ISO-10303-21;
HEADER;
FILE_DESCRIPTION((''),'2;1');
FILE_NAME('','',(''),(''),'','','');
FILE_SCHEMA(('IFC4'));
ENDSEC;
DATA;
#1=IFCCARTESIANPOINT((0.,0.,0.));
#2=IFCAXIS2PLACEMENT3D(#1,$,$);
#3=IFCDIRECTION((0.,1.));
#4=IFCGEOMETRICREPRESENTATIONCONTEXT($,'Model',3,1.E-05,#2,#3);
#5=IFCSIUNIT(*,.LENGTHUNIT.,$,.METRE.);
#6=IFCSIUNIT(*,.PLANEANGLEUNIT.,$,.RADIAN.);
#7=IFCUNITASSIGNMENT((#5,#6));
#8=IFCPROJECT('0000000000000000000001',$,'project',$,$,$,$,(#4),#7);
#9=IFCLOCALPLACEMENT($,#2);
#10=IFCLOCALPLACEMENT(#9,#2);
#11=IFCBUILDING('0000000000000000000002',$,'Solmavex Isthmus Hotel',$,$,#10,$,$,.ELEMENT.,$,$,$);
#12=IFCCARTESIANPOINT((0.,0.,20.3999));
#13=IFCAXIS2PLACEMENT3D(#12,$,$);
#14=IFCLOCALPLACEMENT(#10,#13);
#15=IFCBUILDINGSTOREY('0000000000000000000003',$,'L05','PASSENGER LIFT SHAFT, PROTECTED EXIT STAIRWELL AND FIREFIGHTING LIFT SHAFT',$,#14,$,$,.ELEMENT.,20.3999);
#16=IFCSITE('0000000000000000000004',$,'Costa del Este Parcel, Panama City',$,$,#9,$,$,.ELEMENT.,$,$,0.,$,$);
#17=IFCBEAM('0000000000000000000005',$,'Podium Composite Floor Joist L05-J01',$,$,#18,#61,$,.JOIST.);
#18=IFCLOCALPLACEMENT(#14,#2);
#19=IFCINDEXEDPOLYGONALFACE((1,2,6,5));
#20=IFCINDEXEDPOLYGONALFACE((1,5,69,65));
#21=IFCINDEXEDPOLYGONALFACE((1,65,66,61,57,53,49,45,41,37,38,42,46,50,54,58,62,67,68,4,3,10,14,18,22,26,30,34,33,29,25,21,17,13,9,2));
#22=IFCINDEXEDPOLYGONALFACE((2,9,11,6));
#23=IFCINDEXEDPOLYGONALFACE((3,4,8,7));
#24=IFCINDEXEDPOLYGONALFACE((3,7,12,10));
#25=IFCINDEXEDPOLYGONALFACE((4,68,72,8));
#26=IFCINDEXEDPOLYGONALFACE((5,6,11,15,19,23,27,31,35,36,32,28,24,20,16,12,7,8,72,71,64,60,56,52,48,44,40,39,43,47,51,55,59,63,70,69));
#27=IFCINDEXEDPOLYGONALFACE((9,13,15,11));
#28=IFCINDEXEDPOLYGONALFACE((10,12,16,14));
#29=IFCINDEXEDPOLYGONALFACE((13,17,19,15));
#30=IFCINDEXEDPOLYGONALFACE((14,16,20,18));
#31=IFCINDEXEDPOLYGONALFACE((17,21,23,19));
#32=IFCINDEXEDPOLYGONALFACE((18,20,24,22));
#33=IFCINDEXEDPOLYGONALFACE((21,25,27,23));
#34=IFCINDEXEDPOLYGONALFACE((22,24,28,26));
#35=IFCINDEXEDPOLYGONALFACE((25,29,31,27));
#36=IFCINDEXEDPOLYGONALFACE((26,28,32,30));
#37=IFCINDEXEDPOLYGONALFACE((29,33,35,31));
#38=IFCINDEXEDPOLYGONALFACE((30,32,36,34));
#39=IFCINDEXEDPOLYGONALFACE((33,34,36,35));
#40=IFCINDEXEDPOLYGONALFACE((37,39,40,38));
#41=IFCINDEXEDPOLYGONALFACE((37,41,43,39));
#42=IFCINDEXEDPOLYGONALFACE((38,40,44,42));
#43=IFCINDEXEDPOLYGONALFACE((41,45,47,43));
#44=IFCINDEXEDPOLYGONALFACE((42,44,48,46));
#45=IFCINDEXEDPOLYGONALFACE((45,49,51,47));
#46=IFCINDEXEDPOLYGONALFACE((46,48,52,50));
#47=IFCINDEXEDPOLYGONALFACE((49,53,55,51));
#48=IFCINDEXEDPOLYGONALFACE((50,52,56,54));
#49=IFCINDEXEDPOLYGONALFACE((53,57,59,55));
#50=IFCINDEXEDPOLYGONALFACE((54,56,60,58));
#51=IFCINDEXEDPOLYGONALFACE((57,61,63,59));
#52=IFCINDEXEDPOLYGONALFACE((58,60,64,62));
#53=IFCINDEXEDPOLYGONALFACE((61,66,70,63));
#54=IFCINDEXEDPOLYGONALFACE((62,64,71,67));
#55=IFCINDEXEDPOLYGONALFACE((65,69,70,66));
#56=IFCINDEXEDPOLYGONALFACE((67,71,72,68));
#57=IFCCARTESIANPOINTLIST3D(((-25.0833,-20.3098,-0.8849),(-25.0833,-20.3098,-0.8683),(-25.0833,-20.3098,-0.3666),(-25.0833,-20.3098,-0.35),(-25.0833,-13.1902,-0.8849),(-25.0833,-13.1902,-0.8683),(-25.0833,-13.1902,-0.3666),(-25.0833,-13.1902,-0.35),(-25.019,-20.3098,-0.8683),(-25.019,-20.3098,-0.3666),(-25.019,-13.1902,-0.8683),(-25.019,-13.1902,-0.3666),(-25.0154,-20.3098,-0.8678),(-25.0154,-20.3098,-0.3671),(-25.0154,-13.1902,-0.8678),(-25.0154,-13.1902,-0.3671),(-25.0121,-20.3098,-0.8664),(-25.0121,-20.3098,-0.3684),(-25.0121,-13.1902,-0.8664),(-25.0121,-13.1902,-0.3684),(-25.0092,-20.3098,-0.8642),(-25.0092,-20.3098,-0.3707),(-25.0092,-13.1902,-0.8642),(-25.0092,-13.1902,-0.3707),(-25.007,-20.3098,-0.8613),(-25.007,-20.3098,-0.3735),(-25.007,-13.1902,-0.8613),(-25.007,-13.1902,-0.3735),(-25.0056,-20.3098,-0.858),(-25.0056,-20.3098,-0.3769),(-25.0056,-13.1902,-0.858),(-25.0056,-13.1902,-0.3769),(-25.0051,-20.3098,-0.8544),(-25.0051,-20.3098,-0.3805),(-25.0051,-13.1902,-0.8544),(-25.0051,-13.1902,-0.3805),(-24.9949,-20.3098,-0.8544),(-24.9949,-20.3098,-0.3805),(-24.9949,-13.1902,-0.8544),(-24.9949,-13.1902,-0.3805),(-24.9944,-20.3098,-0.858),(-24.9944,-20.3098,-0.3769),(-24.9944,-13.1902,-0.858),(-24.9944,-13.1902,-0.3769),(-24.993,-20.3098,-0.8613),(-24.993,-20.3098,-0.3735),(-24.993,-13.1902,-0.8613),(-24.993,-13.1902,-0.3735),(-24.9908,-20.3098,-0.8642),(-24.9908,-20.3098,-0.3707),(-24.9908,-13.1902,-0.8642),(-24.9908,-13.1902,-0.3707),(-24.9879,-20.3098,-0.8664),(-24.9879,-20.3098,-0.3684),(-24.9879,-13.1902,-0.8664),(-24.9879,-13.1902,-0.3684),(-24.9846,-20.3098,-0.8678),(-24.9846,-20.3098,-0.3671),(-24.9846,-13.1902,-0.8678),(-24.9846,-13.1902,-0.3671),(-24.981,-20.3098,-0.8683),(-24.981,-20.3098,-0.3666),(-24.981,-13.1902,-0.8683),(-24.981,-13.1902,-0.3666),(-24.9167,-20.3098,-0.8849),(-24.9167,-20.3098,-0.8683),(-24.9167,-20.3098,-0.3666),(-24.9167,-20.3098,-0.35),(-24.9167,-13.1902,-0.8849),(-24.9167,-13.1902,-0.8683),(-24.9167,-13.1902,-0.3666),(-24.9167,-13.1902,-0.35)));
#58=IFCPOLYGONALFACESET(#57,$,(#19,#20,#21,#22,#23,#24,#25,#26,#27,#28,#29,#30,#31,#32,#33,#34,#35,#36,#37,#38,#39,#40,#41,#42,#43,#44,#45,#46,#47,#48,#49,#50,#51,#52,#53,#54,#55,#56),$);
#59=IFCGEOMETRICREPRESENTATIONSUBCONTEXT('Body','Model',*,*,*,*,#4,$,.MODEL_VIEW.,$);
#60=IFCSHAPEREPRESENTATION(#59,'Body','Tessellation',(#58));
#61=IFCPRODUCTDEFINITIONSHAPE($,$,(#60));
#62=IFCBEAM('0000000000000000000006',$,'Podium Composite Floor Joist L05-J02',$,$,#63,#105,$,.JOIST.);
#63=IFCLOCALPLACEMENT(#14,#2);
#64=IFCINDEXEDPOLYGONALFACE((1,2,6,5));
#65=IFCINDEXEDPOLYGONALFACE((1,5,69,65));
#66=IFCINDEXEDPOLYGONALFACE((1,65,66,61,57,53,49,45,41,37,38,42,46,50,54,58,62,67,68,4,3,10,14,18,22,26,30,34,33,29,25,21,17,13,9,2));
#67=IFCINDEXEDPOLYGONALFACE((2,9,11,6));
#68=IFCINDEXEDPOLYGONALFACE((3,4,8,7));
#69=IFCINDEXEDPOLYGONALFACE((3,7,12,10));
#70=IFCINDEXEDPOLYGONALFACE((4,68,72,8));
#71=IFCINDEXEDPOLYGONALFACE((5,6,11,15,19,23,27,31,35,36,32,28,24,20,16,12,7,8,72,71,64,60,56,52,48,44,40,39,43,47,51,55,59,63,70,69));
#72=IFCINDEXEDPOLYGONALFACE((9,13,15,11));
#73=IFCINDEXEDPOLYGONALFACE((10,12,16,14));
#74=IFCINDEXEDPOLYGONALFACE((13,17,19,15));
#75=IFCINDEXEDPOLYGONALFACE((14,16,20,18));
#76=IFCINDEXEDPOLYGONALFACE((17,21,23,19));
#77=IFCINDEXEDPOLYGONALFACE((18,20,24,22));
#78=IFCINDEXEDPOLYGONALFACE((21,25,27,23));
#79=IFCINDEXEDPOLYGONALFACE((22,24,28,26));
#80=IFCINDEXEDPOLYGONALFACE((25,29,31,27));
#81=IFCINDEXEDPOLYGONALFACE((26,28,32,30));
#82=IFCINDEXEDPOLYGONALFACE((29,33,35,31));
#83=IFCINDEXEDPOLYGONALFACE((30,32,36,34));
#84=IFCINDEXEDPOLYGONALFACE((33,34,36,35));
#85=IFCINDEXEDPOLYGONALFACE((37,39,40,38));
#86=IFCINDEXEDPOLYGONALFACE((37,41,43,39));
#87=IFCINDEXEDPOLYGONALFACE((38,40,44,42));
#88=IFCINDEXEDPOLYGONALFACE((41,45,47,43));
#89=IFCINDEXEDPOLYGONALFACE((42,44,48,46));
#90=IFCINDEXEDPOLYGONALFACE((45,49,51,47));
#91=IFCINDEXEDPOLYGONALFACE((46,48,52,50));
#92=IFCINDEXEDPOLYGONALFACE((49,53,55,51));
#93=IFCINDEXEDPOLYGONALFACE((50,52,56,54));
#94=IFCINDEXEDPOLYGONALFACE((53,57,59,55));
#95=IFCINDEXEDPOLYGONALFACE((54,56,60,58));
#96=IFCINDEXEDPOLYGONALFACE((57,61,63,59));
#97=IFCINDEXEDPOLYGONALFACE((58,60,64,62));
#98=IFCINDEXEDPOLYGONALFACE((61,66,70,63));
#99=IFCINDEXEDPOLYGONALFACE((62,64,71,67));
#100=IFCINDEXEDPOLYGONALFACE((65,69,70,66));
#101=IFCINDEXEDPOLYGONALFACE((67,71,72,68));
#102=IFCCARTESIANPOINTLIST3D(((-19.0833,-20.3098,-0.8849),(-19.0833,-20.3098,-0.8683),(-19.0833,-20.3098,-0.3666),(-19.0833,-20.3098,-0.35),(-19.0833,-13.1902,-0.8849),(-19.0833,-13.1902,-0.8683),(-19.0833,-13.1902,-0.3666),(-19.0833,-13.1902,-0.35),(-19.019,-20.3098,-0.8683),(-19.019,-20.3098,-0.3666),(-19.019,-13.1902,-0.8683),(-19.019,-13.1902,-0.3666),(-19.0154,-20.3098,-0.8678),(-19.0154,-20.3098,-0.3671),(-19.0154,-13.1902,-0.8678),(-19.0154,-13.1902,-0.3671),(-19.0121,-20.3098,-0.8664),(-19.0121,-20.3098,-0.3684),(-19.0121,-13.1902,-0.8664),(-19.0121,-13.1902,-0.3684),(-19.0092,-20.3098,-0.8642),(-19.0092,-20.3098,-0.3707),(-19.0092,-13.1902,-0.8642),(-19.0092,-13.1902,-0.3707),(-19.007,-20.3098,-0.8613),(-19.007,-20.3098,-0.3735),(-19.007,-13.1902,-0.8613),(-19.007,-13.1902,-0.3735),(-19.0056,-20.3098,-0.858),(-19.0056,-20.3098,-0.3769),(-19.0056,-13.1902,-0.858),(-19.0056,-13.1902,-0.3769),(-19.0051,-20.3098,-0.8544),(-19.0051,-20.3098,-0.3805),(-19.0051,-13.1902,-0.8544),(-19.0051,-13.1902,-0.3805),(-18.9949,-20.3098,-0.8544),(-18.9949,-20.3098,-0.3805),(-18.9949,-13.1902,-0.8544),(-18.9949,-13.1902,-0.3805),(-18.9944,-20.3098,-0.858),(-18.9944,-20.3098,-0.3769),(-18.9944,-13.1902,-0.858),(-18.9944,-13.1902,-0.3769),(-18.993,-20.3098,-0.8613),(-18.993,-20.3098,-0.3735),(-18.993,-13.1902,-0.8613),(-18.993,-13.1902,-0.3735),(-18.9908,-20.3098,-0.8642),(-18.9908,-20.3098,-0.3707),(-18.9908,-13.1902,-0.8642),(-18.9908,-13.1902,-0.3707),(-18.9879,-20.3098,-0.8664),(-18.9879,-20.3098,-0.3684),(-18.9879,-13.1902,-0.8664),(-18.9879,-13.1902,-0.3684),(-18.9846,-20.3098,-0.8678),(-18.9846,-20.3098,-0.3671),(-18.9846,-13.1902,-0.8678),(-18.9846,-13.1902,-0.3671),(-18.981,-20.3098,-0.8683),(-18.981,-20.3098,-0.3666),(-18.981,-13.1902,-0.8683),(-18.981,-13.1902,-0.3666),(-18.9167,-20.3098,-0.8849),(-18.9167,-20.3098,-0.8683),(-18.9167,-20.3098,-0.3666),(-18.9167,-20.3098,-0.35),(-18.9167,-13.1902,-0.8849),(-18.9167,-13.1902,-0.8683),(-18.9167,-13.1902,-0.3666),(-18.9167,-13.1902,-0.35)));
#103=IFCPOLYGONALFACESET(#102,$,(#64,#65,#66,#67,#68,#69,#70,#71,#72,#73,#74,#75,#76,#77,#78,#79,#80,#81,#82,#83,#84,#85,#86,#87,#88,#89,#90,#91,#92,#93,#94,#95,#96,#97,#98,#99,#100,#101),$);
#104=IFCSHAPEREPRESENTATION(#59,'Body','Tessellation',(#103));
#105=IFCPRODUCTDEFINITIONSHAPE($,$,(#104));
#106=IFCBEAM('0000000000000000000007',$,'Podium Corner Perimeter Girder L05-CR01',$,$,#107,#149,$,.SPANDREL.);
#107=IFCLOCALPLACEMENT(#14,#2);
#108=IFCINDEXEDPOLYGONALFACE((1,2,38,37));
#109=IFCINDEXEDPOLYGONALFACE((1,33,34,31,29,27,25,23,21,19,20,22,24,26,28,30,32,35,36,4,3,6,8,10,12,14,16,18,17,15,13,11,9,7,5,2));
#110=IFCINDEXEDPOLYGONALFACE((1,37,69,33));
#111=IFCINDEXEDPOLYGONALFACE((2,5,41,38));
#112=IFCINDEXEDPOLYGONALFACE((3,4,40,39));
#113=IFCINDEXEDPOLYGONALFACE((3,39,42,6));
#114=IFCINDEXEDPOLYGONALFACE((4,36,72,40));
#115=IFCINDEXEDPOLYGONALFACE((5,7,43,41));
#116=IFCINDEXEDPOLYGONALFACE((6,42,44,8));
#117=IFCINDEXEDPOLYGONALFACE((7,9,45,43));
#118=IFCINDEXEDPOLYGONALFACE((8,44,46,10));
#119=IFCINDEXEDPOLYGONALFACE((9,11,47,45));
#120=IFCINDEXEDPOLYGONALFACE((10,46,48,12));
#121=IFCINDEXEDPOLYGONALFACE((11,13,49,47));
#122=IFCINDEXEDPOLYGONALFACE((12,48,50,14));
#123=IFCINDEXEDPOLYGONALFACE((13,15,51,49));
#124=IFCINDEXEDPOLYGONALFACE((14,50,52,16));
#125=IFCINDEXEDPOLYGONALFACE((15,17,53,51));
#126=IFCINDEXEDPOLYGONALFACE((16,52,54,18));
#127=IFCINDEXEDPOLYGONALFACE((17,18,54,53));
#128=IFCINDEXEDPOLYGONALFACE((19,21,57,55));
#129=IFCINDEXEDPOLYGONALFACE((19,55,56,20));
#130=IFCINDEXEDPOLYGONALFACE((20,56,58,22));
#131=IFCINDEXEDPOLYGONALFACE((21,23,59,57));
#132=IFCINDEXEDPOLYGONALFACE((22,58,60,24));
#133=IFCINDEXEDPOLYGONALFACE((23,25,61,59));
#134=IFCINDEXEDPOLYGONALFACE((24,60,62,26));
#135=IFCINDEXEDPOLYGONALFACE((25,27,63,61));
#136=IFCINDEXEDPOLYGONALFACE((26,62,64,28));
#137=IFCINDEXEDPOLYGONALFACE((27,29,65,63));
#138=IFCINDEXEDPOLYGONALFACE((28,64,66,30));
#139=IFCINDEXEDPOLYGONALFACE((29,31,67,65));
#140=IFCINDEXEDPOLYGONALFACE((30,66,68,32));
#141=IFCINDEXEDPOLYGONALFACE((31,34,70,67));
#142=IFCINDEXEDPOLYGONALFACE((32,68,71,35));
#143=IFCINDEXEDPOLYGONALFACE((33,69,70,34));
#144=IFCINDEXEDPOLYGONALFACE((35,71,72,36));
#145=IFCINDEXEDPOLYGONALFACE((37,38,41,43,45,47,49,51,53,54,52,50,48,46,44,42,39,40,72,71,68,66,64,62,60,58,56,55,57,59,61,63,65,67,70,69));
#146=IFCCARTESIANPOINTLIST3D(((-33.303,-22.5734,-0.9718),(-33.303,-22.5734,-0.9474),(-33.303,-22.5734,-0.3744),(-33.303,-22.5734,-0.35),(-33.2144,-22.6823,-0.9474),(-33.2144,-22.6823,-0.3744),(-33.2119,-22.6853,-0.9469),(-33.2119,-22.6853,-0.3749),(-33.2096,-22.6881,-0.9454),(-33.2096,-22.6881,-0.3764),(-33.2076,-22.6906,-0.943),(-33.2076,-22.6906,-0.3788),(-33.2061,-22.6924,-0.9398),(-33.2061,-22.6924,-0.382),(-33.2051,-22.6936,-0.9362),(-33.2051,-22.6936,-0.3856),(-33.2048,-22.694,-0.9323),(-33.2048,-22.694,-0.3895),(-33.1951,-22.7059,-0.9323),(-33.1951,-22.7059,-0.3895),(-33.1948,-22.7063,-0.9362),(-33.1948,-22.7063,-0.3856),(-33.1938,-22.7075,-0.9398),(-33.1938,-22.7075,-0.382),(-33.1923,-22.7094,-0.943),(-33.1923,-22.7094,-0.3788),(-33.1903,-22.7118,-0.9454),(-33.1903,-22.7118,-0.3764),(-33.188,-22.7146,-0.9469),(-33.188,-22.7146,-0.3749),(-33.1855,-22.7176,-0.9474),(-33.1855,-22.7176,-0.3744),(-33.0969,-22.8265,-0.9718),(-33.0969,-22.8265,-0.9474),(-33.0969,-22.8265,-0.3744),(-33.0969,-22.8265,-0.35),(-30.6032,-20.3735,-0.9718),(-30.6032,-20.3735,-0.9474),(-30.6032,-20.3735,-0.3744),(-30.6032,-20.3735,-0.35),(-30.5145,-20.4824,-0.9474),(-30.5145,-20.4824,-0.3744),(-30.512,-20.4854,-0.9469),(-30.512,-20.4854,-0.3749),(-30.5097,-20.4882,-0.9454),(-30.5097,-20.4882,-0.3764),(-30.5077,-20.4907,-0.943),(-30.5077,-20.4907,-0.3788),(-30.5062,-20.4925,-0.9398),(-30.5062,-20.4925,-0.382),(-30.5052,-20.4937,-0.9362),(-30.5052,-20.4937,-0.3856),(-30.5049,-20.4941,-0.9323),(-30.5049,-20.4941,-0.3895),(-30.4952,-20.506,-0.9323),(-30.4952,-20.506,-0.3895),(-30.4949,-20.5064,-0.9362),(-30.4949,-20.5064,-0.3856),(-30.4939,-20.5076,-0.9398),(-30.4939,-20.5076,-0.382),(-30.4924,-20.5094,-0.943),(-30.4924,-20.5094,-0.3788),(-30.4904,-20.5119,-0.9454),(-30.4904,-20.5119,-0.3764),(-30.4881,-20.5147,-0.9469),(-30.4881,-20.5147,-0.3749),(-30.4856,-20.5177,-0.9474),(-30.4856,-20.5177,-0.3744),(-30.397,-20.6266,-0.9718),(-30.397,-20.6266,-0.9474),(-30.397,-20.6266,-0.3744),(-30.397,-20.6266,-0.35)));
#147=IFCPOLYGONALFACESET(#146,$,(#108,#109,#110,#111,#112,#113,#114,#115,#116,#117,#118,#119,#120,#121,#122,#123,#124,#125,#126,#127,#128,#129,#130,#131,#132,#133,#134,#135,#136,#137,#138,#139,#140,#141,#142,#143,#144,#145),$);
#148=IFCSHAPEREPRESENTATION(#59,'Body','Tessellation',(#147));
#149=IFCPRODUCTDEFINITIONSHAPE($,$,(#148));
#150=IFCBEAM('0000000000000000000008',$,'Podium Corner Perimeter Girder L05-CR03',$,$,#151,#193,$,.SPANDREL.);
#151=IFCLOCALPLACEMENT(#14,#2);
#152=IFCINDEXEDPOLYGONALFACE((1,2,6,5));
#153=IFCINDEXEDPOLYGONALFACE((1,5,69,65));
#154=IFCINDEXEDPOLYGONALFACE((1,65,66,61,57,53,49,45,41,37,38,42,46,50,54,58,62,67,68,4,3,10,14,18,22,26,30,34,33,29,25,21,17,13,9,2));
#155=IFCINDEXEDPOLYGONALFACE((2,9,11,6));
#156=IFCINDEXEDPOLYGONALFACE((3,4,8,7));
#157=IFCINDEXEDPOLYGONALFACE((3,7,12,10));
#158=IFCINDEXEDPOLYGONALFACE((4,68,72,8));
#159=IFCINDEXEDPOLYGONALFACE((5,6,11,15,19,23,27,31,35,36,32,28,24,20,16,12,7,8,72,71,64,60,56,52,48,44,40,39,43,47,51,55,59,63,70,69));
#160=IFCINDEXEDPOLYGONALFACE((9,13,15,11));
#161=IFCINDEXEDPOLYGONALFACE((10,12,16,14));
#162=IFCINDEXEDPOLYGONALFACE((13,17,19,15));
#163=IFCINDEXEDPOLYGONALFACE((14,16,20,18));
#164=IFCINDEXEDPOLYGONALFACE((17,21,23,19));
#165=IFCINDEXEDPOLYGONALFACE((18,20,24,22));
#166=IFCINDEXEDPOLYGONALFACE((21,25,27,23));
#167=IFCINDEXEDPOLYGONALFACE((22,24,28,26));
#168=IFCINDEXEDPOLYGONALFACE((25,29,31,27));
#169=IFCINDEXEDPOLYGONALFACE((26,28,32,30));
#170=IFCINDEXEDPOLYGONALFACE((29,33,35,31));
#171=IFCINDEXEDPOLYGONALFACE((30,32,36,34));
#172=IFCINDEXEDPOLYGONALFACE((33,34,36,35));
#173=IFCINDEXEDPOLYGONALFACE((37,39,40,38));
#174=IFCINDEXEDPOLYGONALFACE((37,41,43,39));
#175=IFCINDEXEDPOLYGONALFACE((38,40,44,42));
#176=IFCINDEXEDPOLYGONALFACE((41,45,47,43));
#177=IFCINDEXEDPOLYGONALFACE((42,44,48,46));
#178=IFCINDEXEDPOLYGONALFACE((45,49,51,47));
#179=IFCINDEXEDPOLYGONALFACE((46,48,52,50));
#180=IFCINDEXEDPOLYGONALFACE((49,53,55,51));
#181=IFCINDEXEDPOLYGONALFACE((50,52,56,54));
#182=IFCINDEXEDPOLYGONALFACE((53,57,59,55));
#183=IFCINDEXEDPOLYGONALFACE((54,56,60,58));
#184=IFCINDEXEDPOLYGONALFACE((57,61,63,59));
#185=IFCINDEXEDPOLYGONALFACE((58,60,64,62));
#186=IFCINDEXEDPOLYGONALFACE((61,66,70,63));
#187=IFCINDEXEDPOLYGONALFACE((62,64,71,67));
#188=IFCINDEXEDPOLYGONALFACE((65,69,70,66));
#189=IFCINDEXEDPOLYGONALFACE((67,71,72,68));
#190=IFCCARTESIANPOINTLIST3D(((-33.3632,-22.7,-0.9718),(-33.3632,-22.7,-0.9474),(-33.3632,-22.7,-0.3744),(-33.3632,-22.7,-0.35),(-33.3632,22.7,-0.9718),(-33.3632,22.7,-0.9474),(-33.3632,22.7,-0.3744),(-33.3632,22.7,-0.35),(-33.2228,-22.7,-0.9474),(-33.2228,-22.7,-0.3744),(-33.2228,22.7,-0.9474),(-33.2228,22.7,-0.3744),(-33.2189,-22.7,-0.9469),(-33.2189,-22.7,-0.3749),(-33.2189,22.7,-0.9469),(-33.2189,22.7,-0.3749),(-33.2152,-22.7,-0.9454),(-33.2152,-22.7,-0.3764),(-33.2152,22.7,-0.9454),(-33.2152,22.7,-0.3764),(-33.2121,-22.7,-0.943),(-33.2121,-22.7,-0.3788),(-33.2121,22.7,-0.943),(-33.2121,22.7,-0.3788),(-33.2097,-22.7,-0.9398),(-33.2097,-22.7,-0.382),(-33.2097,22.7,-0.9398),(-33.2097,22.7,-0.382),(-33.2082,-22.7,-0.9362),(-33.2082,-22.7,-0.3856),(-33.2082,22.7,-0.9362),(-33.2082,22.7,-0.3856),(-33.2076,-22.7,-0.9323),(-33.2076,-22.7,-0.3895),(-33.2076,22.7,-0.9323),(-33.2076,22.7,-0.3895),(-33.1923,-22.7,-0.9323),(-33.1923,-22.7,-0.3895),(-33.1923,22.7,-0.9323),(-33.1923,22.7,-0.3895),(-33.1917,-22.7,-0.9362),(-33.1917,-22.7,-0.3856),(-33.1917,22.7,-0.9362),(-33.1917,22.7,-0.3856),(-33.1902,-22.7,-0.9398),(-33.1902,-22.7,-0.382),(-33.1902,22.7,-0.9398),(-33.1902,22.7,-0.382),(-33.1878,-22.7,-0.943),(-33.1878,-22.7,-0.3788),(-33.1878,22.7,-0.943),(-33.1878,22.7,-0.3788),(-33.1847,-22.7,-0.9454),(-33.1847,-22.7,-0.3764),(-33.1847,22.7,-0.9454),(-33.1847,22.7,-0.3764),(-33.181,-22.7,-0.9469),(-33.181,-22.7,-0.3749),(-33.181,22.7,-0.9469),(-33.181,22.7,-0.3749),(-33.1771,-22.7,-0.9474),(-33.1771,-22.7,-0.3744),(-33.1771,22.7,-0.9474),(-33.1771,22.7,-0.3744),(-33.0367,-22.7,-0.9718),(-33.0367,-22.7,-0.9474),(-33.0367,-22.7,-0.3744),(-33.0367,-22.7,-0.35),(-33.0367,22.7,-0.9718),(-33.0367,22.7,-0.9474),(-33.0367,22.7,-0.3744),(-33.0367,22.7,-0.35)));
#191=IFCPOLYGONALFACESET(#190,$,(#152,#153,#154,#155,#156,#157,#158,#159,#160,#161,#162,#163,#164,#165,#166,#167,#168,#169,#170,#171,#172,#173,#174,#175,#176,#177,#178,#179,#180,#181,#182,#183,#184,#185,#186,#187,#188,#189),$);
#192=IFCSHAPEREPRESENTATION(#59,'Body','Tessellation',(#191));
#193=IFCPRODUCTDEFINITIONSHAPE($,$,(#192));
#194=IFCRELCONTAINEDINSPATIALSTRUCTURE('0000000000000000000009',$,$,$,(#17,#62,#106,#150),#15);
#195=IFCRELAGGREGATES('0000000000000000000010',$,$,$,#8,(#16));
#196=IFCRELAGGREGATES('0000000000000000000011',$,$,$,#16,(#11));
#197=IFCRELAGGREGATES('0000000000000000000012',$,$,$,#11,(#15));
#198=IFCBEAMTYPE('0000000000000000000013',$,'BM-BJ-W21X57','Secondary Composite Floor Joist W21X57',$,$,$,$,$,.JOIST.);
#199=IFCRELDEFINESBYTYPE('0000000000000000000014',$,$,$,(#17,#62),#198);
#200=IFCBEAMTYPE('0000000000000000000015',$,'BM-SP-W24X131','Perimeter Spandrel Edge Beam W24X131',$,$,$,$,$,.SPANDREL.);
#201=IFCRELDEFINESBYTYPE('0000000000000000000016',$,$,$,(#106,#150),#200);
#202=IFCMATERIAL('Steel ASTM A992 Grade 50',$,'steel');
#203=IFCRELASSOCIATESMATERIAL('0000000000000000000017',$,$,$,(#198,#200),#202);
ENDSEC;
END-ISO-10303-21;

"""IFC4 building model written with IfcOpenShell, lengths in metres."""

from ifc_helpers import new_model, si_unit, direction, frame, origin, origin_2d, place, context, subcontext, project, spatial, i_section, extrude, material, material_profile, profile_set, type_object, element, save


model = new_model("IFC4")

# Units and contexts
model_context = context("Model", 3, precision=1e-05, world=origin(), true_north=direction((0.0, 1.0)))
body_context = subcontext(model_context, "Body", "Model", "MODEL_VIEW")
ifc_project = project(units=[si_unit("LENGTHUNIT", "METRE"), si_unit("PLANEANGLEUNIT", "RADIAN")], contexts=[model_context])

# Site, building, storey
site_placement = place(None, origin())
site = spatial("IfcSite", under=ifc_project, at=site_placement, Name="Costa del Este Parcel, Panama City", CompositionType="ELEMENT", RefElevation=0.0)
building_placement = place(site_placement, origin())
building = spatial("IfcBuilding", under=site, at=building_placement, Name="Solmavex Isthmus Hotel", CompositionType="ELEMENT")
storey_placement = place(building_placement, frame((0.0, 0.0, 20.3999)))
storey = spatial("IfcBuildingStorey", under=building, at=storey_placement, Name="L05", Description="PASSENGER LIFT SHAFT, PROTECTED EXIT STAIRWELL AND FIREFIGHTING LIFT SHAFT", CompositionType="ELEMENT", Elevation=20.3999)

# Beams
ifc_material_1 = material(Name="Steel ASTM A992 Grade 50", Category="steel")
ifc_material_profile_1 = material_profile(ifc_material_1, i_section(OverallWidth=0.1665, OverallDepth=0.5349, WebThickness=0.0103, FlangeThickness=0.0166, FilletRadius=0.0139, at=origin_2d()), Name="W21X57")
ifc_profile_set_1 = profile_set([ifc_material_profile_1], Name="Steel ASTM A992 Grade 50")
beam_type_1 = type_object("IfcBeamType", Name="BM-BJ-W21X57", Description="Secondary Composite Floor Joist W21X57", PredefinedType="JOIST", material=ifc_profile_set_1)
for number, where, z_axis, x_axis, name in (
    (1, (-25.0, -20.3098, -0.6174), (0.0, 1.0, 0.0), (-1.0, 0.0, 0.0), "Podium Composite Floor Joist L05-J01"),
    (2, (-19.0, -20.3098, -0.6174), (0.0, 1.0, 0.0), (-1.0, 0.0, 0.0), "Podium Composite Floor Joist L05-J02"),
):
    element("IfcBeam", number, at=place(storey_placement, frame(where, z_axis=z_axis, x_axis=x_axis)), inside=storey, type_object=beam_type_1, Name=name, PredefinedType="JOIST", context=body_context, shape_type="SweptSolid", body=[
        extrude(i_section(OverallWidth=0.1665, OverallDepth=0.5349, WebThickness=0.0103, FlangeThickness=0.0166, FilletRadius=0.0139, at=origin_2d()), origin(), (0.0, 0.0, 1.0), 7.1196),
    ])
ifc_material_profile_2 = material_profile(ifc_material_1, i_section(OverallWidth=0.3264, OverallDepth=0.6218, WebThickness=0.0154, FlangeThickness=0.0244, FilletRadius=0.0151, at=origin_2d()), Name="W24X131")
ifc_profile_set_2 = profile_set([ifc_material_profile_2], Name="Steel ASTM A992 Grade 50")
beam_type_2 = type_object("IfcBeamType", Name="BM-SP-W24X131", Description="Perimeter Spandrel Edge Beam W24X131", PredefinedType="SPANDREL", material=ifc_profile_set_2)
beam_1_placement = place(storey_placement, frame((-33.2, -22.7, -0.6609), z_axis=(0.775236, 0.631671, 0.0), x_axis=(-0.631671, 0.775236, 0.0)))
element("IfcBeam", 3, at=beam_1_placement, inside=storey, type_object=beam_type_2, Name="Podium Corner Perimeter Girder L05-CR01", PredefinedType="SPANDREL", context=body_context, shape_type="SweptSolid", body=[
    extrude(i_section(OverallWidth=0.3264, OverallDepth=0.6218, WebThickness=0.0154, FlangeThickness=0.0244, FilletRadius=0.0151, at=origin_2d()), origin(), (0.0, 0.0, 1.0), 3.4827),
])
beam_2_placement = place(storey_placement, frame((-33.2, -22.7, -0.6609), z_axis=(0.0, 1.0, 0.0), x_axis=(-1.0, 0.0, 0.0)))
element("IfcBeam", 4, at=beam_2_placement, inside=storey, type_object=beam_type_2, Name="Podium Corner Perimeter Girder L05-CR03", PredefinedType="SPANDREL", context=body_context, shape_type="SweptSolid", body=[
    extrude(i_section(OverallWidth=0.3264, OverallDepth=0.6218, WebThickness=0.0154, FlangeThickness=0.0244, FilletRadius=0.0151, at=origin_2d()), origin(), (0.0, 0.0, 1.0), 45.3999),
])

save(model, "model.ifc")
